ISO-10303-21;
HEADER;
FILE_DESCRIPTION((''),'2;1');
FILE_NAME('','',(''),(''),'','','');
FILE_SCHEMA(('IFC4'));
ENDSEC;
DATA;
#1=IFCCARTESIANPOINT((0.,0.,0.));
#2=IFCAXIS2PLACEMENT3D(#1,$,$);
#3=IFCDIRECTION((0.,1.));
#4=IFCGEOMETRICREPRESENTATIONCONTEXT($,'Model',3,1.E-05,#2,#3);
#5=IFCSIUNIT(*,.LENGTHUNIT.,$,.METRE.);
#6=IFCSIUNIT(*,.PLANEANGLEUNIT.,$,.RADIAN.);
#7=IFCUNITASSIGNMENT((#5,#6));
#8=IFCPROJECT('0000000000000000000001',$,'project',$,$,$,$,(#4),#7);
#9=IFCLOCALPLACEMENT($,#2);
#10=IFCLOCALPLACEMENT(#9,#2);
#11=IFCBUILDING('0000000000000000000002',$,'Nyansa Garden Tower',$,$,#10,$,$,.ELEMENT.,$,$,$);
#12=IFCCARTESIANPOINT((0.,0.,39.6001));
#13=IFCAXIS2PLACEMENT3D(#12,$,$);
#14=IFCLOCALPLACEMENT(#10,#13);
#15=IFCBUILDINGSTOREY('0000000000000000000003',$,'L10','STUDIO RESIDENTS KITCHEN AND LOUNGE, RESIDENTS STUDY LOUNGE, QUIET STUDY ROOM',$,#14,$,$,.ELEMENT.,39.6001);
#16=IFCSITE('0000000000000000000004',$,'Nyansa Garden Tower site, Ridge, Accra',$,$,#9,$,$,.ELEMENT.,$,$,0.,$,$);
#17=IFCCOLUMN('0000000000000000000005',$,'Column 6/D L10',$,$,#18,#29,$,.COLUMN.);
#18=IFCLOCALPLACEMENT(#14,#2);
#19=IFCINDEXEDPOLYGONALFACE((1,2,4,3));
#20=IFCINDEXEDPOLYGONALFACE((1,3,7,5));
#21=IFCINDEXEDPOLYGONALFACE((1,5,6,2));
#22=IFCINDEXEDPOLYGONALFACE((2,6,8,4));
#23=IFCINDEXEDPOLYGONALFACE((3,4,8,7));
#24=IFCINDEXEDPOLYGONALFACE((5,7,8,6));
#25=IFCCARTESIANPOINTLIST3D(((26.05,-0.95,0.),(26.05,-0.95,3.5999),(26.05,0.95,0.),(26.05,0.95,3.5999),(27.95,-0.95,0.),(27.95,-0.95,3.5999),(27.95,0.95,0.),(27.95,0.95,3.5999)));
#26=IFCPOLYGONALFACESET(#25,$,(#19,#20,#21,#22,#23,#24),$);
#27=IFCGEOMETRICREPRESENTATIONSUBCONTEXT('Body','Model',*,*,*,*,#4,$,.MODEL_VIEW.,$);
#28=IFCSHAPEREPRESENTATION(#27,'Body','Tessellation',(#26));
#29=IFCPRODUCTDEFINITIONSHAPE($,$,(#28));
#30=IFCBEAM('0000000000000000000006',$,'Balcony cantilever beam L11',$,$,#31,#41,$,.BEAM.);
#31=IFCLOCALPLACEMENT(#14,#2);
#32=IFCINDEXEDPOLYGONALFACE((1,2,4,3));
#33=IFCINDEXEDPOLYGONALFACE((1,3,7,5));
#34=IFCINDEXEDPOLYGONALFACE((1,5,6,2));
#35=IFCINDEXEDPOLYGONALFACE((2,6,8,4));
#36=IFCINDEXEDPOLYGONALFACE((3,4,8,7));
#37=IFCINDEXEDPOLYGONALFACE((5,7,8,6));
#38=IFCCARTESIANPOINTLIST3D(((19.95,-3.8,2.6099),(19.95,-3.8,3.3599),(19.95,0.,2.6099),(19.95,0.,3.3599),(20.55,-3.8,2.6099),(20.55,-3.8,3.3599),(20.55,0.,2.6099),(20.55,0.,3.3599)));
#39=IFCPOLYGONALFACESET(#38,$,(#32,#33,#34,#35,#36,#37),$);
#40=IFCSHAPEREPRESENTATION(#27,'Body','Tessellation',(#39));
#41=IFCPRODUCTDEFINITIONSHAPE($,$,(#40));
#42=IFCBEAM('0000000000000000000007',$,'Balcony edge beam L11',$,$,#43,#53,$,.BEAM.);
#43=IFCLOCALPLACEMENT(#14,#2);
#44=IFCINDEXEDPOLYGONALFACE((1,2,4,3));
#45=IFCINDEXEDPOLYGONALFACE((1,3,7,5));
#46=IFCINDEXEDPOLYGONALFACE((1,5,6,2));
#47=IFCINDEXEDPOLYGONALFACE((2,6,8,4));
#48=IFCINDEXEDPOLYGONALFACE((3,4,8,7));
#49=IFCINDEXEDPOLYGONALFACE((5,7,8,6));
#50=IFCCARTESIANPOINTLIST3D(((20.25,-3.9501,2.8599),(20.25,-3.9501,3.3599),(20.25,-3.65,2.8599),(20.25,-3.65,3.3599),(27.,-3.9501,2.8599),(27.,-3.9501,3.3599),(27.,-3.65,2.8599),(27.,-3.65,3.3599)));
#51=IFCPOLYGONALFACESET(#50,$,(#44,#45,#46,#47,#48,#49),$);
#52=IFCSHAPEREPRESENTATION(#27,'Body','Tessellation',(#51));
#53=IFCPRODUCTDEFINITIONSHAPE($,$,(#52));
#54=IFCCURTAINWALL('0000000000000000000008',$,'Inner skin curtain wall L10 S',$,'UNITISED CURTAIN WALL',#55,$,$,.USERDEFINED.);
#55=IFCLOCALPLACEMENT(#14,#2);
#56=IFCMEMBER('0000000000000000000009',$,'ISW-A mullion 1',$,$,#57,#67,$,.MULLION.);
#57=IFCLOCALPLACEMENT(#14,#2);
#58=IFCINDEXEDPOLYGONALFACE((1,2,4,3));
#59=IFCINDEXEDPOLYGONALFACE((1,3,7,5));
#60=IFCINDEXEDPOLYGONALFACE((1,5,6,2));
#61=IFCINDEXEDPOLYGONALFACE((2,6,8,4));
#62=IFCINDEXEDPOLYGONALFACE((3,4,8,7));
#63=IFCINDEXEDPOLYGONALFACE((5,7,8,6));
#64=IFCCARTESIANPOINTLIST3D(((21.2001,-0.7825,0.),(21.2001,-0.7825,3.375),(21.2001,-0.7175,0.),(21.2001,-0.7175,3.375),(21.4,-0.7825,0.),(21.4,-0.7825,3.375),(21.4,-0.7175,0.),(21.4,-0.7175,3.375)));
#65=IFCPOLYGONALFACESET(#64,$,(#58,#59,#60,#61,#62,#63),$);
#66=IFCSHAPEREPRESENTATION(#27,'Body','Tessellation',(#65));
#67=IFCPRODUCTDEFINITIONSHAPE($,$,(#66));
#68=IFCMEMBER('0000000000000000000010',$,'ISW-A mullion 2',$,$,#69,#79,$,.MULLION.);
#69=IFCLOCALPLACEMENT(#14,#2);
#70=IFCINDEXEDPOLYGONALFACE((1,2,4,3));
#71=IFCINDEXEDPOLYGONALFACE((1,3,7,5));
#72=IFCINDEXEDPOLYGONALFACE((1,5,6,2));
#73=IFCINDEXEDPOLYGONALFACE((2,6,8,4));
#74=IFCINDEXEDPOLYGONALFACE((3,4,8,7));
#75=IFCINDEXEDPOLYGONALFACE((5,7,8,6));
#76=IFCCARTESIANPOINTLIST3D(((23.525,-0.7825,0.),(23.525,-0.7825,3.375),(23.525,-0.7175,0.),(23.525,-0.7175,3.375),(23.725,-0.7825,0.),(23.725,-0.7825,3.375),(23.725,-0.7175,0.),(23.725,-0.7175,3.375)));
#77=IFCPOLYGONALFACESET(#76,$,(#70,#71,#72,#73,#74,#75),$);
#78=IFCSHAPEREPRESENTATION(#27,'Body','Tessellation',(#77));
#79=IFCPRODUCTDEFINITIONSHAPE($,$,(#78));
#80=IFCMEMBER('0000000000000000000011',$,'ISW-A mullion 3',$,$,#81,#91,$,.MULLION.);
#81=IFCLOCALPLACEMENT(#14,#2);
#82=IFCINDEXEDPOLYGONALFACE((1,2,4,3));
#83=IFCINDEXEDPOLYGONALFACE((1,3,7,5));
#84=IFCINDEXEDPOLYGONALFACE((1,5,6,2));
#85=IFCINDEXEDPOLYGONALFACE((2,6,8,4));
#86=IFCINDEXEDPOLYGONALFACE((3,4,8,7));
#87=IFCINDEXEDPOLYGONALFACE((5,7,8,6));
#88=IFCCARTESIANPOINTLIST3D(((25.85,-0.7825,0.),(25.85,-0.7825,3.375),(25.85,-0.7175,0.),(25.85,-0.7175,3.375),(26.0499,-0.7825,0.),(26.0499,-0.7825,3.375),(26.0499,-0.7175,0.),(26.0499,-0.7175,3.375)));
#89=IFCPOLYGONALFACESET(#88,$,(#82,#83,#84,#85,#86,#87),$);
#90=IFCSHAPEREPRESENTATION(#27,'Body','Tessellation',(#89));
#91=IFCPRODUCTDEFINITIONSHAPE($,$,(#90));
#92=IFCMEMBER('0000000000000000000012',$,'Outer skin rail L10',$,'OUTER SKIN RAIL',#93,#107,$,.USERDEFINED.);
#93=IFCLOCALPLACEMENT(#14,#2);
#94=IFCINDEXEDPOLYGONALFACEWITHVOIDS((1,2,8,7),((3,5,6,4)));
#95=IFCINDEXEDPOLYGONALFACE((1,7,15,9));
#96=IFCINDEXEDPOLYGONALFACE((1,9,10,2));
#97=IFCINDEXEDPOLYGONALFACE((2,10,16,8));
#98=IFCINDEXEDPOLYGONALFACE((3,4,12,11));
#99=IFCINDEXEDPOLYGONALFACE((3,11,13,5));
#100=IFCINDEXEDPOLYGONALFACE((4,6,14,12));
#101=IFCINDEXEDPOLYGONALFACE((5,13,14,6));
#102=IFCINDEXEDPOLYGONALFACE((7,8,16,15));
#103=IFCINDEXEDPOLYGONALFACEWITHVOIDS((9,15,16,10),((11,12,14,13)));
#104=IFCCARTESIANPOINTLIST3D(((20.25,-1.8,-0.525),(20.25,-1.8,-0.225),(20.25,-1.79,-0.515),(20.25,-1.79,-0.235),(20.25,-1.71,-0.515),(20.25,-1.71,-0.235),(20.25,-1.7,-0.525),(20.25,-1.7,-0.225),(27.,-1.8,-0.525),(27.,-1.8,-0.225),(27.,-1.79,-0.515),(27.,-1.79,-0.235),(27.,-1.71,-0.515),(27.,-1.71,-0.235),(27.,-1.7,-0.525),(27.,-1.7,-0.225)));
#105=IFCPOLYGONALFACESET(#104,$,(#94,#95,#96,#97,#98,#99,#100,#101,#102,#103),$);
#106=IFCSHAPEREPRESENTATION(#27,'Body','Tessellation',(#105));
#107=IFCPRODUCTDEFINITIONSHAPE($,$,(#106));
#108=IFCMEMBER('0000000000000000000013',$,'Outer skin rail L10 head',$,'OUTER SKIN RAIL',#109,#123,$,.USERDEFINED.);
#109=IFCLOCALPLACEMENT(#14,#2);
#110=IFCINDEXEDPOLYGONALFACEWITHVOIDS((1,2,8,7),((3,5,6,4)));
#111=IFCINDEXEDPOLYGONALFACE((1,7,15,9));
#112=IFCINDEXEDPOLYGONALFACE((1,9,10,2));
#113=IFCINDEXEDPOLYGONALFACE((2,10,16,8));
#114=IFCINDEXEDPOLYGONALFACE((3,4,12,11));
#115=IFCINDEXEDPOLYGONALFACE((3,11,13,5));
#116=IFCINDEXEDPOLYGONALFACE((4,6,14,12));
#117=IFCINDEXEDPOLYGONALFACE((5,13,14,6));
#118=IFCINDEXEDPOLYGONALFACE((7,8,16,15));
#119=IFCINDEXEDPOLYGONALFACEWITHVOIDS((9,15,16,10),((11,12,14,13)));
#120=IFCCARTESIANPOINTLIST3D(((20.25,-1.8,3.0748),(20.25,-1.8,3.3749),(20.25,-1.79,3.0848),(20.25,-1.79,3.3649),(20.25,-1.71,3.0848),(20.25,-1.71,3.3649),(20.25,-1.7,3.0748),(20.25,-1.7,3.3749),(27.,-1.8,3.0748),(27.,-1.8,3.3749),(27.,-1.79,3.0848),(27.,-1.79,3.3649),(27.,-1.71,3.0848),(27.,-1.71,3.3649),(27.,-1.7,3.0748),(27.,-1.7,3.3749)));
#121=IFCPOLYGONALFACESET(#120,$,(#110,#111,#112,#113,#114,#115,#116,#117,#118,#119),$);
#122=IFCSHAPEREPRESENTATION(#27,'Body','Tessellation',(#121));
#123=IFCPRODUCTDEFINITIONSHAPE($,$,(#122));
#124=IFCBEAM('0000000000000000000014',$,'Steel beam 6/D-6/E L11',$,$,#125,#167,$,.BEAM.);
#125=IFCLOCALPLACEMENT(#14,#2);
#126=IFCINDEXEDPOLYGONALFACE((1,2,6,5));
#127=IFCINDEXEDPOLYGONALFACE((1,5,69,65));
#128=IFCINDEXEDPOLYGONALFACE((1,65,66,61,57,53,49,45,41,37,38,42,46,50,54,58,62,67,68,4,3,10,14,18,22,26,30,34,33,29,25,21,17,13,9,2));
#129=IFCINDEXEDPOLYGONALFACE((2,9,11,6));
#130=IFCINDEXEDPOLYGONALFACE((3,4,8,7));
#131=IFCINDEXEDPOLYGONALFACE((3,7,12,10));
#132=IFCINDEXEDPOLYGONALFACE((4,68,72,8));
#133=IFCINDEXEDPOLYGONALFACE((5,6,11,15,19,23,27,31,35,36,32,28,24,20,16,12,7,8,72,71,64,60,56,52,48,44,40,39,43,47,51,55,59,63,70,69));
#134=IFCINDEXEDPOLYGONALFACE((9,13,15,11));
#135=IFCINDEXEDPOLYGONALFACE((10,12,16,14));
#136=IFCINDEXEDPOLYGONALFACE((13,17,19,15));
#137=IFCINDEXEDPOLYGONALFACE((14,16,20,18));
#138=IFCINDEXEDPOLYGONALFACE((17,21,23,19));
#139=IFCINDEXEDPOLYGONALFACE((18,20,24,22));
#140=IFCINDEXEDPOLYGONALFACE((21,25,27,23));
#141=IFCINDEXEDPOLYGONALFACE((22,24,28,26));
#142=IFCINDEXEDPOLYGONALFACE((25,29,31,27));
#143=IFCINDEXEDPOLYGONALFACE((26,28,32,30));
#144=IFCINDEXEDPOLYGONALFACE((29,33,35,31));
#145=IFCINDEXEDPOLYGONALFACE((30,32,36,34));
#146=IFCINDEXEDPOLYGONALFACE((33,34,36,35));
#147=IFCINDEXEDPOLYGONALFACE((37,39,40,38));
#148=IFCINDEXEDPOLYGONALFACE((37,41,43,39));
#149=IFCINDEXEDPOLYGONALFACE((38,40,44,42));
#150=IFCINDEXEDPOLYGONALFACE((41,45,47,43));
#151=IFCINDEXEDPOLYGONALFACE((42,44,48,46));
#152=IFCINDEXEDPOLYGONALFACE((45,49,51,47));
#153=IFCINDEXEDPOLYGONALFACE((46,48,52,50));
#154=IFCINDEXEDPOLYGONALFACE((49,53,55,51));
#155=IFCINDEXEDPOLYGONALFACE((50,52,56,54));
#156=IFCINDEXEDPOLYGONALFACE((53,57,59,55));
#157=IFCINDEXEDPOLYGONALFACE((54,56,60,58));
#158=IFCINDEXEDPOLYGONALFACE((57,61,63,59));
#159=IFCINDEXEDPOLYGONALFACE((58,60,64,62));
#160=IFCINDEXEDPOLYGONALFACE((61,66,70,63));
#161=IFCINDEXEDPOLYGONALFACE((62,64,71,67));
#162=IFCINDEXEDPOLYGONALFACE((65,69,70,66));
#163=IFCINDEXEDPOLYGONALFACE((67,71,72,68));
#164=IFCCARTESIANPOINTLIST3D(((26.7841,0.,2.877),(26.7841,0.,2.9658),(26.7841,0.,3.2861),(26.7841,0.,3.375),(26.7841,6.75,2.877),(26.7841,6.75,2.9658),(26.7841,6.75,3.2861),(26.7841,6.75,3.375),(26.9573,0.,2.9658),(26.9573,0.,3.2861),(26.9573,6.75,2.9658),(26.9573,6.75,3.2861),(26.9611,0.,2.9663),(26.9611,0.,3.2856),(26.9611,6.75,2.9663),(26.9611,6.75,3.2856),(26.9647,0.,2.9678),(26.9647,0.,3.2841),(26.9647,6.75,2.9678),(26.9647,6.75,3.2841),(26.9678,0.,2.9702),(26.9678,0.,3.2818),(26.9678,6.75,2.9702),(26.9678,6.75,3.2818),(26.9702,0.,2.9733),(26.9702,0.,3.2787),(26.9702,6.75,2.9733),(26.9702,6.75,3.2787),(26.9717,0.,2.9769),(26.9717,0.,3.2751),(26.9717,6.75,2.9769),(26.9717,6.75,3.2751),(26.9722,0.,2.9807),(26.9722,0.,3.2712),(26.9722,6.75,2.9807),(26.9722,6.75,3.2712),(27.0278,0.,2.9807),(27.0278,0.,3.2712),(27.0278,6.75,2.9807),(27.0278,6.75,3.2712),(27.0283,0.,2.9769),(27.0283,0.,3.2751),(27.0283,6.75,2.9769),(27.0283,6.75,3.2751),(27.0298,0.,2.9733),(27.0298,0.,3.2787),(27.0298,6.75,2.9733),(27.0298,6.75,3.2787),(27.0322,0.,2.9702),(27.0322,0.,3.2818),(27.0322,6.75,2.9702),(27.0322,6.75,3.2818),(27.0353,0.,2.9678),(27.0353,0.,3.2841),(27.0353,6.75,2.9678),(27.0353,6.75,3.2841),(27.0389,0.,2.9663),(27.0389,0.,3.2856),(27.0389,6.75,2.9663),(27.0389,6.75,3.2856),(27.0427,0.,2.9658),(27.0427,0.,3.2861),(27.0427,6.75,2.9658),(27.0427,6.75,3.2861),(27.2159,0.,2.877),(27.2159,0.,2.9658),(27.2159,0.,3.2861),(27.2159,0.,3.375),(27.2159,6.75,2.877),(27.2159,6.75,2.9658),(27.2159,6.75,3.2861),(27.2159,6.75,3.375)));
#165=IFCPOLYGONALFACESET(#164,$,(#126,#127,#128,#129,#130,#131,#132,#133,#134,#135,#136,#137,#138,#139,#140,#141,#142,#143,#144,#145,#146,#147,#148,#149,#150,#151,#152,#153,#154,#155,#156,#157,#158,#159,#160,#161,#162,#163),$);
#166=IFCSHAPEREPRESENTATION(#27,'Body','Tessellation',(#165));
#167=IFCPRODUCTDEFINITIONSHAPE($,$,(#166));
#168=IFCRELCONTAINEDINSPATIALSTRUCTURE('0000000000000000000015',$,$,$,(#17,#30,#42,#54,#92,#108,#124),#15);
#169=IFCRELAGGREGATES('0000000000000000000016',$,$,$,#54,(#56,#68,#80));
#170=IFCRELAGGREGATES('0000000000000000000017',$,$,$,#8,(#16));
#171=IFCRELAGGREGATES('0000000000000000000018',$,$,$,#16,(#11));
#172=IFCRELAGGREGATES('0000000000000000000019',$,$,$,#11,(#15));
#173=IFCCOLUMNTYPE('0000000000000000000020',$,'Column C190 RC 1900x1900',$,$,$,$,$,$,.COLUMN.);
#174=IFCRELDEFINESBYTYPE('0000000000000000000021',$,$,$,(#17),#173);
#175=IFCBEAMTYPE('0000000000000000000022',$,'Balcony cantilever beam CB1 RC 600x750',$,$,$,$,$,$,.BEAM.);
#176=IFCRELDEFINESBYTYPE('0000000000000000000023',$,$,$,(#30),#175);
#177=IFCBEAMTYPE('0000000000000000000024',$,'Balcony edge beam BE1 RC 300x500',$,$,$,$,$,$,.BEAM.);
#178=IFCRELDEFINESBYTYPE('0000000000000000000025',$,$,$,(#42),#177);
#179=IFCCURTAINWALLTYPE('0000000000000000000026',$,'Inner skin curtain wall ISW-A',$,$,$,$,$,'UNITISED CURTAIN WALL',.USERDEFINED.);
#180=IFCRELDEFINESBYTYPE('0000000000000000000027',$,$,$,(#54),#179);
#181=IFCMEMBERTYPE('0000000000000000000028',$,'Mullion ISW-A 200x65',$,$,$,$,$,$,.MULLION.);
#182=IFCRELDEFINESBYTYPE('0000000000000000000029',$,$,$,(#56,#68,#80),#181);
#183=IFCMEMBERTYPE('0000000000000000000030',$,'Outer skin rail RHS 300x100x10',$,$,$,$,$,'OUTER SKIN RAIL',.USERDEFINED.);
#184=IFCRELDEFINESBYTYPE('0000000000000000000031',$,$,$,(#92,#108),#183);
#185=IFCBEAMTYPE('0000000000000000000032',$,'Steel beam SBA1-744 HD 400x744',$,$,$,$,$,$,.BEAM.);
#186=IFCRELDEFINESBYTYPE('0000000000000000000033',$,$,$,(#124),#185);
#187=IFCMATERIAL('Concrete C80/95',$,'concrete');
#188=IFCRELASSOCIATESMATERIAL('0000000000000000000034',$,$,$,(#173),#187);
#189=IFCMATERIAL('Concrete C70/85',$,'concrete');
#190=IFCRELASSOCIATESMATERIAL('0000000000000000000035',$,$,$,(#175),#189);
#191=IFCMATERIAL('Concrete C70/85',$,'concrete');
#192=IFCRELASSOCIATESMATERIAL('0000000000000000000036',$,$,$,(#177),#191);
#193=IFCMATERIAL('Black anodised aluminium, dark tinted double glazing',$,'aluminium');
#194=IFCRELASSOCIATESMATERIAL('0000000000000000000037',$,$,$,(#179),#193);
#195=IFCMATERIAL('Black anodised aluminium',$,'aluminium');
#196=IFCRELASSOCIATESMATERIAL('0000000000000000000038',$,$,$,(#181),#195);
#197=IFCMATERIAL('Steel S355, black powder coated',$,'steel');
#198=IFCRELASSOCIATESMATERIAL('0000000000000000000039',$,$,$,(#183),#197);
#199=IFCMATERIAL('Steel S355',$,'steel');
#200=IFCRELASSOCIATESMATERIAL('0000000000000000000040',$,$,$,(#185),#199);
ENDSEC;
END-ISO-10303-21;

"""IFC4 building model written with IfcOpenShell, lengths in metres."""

from ifc_helpers import new_model, si_unit, direction, frame, origin, origin_2d, place, context, subcontext, project, spatial, rectangle, hollow_rectangle, i_section, extrude, material, material_profile, profile_set, type_object, element, aggregate, save


model = new_model("IFC4")

# Units and contexts
model_context = context("Model", 3, precision=1e-05, world=origin(), true_north=direction((0.0, 1.0)))
body_context = subcontext(model_context, "Body", "Model", "MODEL_VIEW")
ifc_project = project(units=[si_unit("LENGTHUNIT", "METRE"), si_unit("PLANEANGLEUNIT", "RADIAN")], contexts=[model_context])

# Site, building, storey
site_placement = place(None, origin())
site = spatial("IfcSite", under=ifc_project, at=site_placement, Name="Nyansa Garden Tower site, Ridge, Accra", CompositionType="ELEMENT", RefElevation=0.0)
building_placement = place(site_placement, origin())
building = spatial("IfcBuilding", under=site, at=building_placement, Name="Nyansa Garden Tower", CompositionType="ELEMENT")
storey_placement = place(building_placement, frame((0.0, 0.0, 39.6001)))
storey = spatial("IfcBuildingStorey", under=building, at=storey_placement, Name="L10", Description="STUDIO RESIDENTS KITCHEN AND LOUNGE, RESIDENTS STUDY LOUNGE, QUIET STUDY ROOM", CompositionType="ELEMENT", Elevation=39.6001)

# Column
ifc_material_1 = material(Name="Concrete C80/95", Category="concrete")
ifc_material_profile_1 = material_profile(ifc_material_1, rectangle(XDim=1.8999, YDim=1.8999, at=origin_2d()), Name="RC 1900x1900")
ifc_profile_set_1 = profile_set([ifc_material_profile_1], Name="Concrete C80/95")
column_type = type_object("IfcColumnType", Name="Column C190 RC 1900x1900", PredefinedType="COLUMN", material=ifc_profile_set_1)
column_placement = place(storey_placement, frame((27.0, 0.0, 0.0), z_axis=(0.0, 0.0, 1.0), x_axis=(1.0, 0.0, 0.0)))
element("IfcColumn", 1, at=column_placement, inside=storey, type_object=column_type, Name="Column 6/D L10", PredefinedType="COLUMN", context=body_context, shape_type="SweptSolid", body=[
    extrude(rectangle(XDim=1.8999, YDim=1.8999, at=origin_2d()), origin(), (0.0, 0.0, 1.0), 3.5999),
])

# Beams
ifc_material_2 = material(Name="Concrete C70/85", Category="concrete")
ifc_material_profile_2 = material_profile(ifc_material_2, rectangle(XDim=0.6001, YDim=0.75, at=origin_2d()), Name="RC 600x750")
ifc_profile_set_2 = profile_set([ifc_material_profile_2], Name="Concrete C70/85")
beam_type_1 = type_object("IfcBeamType", Name="Balcony cantilever beam CB1 RC 600x750", PredefinedType="BEAM", material=ifc_profile_set_2)
beam_1_placement = place(storey_placement, frame((20.25, 0.0, 2.9849), z_axis=(0.0, -1.0, 0.0), x_axis=(1.0, 0.0, 0.0)))
element("IfcBeam", 2, at=beam_1_placement, inside=storey, type_object=beam_type_1, Name="Balcony cantilever beam L11", PredefinedType="BEAM", context=body_context, shape_type="SweptSolid", body=[
    extrude(rectangle(XDim=0.6001, YDim=0.75, at=origin_2d()), origin(), (0.0, 0.0, 1.0), 3.8),
])
ifc_material_3 = material(Name="Concrete C70/85", Category="concrete")
ifc_material_profile_3 = material_profile(ifc_material_3, rectangle(XDim=0.3, YDim=0.5, at=origin_2d()), Name="RC 300x500")
ifc_profile_set_3 = profile_set([ifc_material_profile_3], Name="Concrete C70/85")
beam_type_2 = type_object("IfcBeamType", Name="Balcony edge beam BE1 RC 300x500", PredefinedType="BEAM", material=ifc_profile_set_3)
beam_2_placement = place(storey_placement, frame((20.25, -3.8, 3.1099), z_axis=(1.0, 0.0, 0.0), x_axis=(0.0, 1.0, 0.0)))
element("IfcBeam", 3, at=beam_2_placement, inside=storey, type_object=beam_type_2, Name="Balcony edge beam L11", PredefinedType="BEAM", context=body_context, shape_type="SweptSolid", body=[
    extrude(rectangle(XDim=0.3, YDim=0.5, at=origin_2d()), origin(), (0.0, 0.0, 1.0), 6.75),
])

# Curtain wall, members
ifc_material_4 = material(Name="Black anodised aluminium, dark tinted double glazing", Category="aluminium")
curtain_wall_type = type_object("IfcCurtainWallType", Name="Inner skin curtain wall ISW-A", ElementType="UNITISED CURTAIN WALL", PredefinedType="USERDEFINED", material=ifc_material_4)
curtain_wall_placement = place(storey_placement, origin())
curtain_wall = element("IfcCurtainWall", 4, at=curtain_wall_placement, inside=storey, type_object=curtain_wall_type, Name="Inner skin curtain wall L10 S", ObjectType="UNITISED CURTAIN WALL", PredefinedType="USERDEFINED")
ifc_material_5 = material(Name="Black anodised aluminium", Category="aluminium")
ifc_material_profile_4 = material_profile(ifc_material_5, rectangle(XDim=0.0649, YDim=0.2, at=origin_2d()), Name="Mullion 200x65")
ifc_profile_set_4 = profile_set([ifc_material_profile_4], Name="Black anodised aluminium")
member_type_1 = type_object("IfcMemberType", Name="Mullion ISW-A 200x65", PredefinedType="MULLION", material=ifc_profile_set_4)
member_1_placement = place(storey_placement, frame((21.3, -0.75, 0.0), z_axis=(0.0, 0.0, 1.0), x_axis=(0.0, 1.0, 0.0)))
member_1 = element("IfcMember", 5, at=member_1_placement, type_object=member_type_1, Name="ISW-A mullion 1", PredefinedType="MULLION", context=body_context, shape_type="SweptSolid", body=[
    extrude(rectangle(XDim=0.0649, YDim=0.2, at=origin_2d()), origin(), (0.0, 0.0, 1.0), 3.375),
])
member_2_placement = place(storey_placement, frame((23.625, -0.75, 0.0), z_axis=(0.0, 0.0, 1.0), x_axis=(0.0, 1.0, 0.0)))
member_2 = element("IfcMember", 6, at=member_2_placement, type_object=member_type_1, Name="ISW-A mullion 2", PredefinedType="MULLION", context=body_context, shape_type="SweptSolid", body=[
    extrude(rectangle(XDim=0.0649, YDim=0.2, at=origin_2d()), origin(), (0.0, 0.0, 1.0), 3.375),
])
member_3_placement = place(storey_placement, frame((25.95, -0.75, 0.0), z_axis=(0.0, 0.0, 1.0), x_axis=(0.0, 1.0, 0.0)))
member_3 = element("IfcMember", 7, at=member_3_placement, type_object=member_type_1, Name="ISW-A mullion 3", PredefinedType="MULLION", context=body_context, shape_type="SweptSolid", body=[
    extrude(rectangle(XDim=0.0649, YDim=0.2, at=origin_2d()), origin(), (0.0, 0.0, 1.0), 3.375),
])

# Members
ifc_material_6 = material(Name="Steel S355, black powder coated", Category="steel")
ifc_material_profile_5 = material_profile(ifc_material_6, hollow_rectangle(XDim=0.1001, YDim=0.3, WallThickness=0.01, at=origin_2d()), Name="RHS 300x100x10")
ifc_profile_set_5 = profile_set([ifc_material_profile_5], Name="Steel S355, black powder coated")
member_type_2 = type_object("IfcMemberType", Name="Outer skin rail RHS 300x100x10", ElementType="OUTER SKIN RAIL", PredefinedType="USERDEFINED", material=ifc_profile_set_5)
for number, where, z_axis, x_axis, name in (
    (8, (20.25, -1.75, -0.375), (1.0, 0.0, 0.0), (0.0, 1.0, 0.0), "Outer skin rail L10"),
    (9, (20.25, -1.75, 3.2249), (1.0, 0.0, 0.0), (0.0, 1.0, 0.0), "Outer skin rail L10 head"),
):
    element("IfcMember", number, at=place(storey_placement, frame(where, z_axis=z_axis, x_axis=x_axis)), inside=storey, type_object=member_type_2, Name=name, ObjectType="OUTER SKIN RAIL", PredefinedType="USERDEFINED", context=body_context, shape_type="SweptSolid", body=[
        extrude(hollow_rectangle(XDim=0.1001, YDim=0.3, WallThickness=0.01, at=origin_2d()), origin(), (0.0, 0.0, 1.0), 6.75),
    ])

# Beam
ifc_material_7 = material(Name="Steel S355", Category="steel")
ifc_material_profile_6 = material_profile(ifc_material_7, i_section(OverallWidth=0.4319, OverallDepth=0.498, WebThickness=0.0557, FlangeThickness=0.0889, FilletRadius=0.0149, at=origin_2d()), Name="HD 400x744")
ifc_profile_set_6 = profile_set([ifc_material_profile_6], Name="Steel S355")
beam_type_3 = type_object("IfcBeamType", Name="Steel beam SBA1-744 HD 400x744", PredefinedType="BEAM", material=ifc_profile_set_6)
beam_3_placement = place(storey_placement, frame((27.0, 0.0, 3.126), z_axis=(0.0, 1.0, 0.0), x_axis=(-1.0, 0.0, 0.0)))
element("IfcBeam", 10, at=beam_3_placement, inside=storey, type_object=beam_type_3, Name="Steel beam 6/D-6/E L11", PredefinedType="BEAM", context=body_context, shape_type="SweptSolid", body=[
    extrude(i_section(OverallWidth=0.4319, OverallDepth=0.498, WebThickness=0.0557, FlangeThickness=0.0889, FilletRadius=0.0149, at=origin_2d()), origin(), (0.0, 0.0, 1.0), 6.75),
])

aggregate(curtain_wall, [member_1, member_2, member_3])

save(model, "model.ifc")
